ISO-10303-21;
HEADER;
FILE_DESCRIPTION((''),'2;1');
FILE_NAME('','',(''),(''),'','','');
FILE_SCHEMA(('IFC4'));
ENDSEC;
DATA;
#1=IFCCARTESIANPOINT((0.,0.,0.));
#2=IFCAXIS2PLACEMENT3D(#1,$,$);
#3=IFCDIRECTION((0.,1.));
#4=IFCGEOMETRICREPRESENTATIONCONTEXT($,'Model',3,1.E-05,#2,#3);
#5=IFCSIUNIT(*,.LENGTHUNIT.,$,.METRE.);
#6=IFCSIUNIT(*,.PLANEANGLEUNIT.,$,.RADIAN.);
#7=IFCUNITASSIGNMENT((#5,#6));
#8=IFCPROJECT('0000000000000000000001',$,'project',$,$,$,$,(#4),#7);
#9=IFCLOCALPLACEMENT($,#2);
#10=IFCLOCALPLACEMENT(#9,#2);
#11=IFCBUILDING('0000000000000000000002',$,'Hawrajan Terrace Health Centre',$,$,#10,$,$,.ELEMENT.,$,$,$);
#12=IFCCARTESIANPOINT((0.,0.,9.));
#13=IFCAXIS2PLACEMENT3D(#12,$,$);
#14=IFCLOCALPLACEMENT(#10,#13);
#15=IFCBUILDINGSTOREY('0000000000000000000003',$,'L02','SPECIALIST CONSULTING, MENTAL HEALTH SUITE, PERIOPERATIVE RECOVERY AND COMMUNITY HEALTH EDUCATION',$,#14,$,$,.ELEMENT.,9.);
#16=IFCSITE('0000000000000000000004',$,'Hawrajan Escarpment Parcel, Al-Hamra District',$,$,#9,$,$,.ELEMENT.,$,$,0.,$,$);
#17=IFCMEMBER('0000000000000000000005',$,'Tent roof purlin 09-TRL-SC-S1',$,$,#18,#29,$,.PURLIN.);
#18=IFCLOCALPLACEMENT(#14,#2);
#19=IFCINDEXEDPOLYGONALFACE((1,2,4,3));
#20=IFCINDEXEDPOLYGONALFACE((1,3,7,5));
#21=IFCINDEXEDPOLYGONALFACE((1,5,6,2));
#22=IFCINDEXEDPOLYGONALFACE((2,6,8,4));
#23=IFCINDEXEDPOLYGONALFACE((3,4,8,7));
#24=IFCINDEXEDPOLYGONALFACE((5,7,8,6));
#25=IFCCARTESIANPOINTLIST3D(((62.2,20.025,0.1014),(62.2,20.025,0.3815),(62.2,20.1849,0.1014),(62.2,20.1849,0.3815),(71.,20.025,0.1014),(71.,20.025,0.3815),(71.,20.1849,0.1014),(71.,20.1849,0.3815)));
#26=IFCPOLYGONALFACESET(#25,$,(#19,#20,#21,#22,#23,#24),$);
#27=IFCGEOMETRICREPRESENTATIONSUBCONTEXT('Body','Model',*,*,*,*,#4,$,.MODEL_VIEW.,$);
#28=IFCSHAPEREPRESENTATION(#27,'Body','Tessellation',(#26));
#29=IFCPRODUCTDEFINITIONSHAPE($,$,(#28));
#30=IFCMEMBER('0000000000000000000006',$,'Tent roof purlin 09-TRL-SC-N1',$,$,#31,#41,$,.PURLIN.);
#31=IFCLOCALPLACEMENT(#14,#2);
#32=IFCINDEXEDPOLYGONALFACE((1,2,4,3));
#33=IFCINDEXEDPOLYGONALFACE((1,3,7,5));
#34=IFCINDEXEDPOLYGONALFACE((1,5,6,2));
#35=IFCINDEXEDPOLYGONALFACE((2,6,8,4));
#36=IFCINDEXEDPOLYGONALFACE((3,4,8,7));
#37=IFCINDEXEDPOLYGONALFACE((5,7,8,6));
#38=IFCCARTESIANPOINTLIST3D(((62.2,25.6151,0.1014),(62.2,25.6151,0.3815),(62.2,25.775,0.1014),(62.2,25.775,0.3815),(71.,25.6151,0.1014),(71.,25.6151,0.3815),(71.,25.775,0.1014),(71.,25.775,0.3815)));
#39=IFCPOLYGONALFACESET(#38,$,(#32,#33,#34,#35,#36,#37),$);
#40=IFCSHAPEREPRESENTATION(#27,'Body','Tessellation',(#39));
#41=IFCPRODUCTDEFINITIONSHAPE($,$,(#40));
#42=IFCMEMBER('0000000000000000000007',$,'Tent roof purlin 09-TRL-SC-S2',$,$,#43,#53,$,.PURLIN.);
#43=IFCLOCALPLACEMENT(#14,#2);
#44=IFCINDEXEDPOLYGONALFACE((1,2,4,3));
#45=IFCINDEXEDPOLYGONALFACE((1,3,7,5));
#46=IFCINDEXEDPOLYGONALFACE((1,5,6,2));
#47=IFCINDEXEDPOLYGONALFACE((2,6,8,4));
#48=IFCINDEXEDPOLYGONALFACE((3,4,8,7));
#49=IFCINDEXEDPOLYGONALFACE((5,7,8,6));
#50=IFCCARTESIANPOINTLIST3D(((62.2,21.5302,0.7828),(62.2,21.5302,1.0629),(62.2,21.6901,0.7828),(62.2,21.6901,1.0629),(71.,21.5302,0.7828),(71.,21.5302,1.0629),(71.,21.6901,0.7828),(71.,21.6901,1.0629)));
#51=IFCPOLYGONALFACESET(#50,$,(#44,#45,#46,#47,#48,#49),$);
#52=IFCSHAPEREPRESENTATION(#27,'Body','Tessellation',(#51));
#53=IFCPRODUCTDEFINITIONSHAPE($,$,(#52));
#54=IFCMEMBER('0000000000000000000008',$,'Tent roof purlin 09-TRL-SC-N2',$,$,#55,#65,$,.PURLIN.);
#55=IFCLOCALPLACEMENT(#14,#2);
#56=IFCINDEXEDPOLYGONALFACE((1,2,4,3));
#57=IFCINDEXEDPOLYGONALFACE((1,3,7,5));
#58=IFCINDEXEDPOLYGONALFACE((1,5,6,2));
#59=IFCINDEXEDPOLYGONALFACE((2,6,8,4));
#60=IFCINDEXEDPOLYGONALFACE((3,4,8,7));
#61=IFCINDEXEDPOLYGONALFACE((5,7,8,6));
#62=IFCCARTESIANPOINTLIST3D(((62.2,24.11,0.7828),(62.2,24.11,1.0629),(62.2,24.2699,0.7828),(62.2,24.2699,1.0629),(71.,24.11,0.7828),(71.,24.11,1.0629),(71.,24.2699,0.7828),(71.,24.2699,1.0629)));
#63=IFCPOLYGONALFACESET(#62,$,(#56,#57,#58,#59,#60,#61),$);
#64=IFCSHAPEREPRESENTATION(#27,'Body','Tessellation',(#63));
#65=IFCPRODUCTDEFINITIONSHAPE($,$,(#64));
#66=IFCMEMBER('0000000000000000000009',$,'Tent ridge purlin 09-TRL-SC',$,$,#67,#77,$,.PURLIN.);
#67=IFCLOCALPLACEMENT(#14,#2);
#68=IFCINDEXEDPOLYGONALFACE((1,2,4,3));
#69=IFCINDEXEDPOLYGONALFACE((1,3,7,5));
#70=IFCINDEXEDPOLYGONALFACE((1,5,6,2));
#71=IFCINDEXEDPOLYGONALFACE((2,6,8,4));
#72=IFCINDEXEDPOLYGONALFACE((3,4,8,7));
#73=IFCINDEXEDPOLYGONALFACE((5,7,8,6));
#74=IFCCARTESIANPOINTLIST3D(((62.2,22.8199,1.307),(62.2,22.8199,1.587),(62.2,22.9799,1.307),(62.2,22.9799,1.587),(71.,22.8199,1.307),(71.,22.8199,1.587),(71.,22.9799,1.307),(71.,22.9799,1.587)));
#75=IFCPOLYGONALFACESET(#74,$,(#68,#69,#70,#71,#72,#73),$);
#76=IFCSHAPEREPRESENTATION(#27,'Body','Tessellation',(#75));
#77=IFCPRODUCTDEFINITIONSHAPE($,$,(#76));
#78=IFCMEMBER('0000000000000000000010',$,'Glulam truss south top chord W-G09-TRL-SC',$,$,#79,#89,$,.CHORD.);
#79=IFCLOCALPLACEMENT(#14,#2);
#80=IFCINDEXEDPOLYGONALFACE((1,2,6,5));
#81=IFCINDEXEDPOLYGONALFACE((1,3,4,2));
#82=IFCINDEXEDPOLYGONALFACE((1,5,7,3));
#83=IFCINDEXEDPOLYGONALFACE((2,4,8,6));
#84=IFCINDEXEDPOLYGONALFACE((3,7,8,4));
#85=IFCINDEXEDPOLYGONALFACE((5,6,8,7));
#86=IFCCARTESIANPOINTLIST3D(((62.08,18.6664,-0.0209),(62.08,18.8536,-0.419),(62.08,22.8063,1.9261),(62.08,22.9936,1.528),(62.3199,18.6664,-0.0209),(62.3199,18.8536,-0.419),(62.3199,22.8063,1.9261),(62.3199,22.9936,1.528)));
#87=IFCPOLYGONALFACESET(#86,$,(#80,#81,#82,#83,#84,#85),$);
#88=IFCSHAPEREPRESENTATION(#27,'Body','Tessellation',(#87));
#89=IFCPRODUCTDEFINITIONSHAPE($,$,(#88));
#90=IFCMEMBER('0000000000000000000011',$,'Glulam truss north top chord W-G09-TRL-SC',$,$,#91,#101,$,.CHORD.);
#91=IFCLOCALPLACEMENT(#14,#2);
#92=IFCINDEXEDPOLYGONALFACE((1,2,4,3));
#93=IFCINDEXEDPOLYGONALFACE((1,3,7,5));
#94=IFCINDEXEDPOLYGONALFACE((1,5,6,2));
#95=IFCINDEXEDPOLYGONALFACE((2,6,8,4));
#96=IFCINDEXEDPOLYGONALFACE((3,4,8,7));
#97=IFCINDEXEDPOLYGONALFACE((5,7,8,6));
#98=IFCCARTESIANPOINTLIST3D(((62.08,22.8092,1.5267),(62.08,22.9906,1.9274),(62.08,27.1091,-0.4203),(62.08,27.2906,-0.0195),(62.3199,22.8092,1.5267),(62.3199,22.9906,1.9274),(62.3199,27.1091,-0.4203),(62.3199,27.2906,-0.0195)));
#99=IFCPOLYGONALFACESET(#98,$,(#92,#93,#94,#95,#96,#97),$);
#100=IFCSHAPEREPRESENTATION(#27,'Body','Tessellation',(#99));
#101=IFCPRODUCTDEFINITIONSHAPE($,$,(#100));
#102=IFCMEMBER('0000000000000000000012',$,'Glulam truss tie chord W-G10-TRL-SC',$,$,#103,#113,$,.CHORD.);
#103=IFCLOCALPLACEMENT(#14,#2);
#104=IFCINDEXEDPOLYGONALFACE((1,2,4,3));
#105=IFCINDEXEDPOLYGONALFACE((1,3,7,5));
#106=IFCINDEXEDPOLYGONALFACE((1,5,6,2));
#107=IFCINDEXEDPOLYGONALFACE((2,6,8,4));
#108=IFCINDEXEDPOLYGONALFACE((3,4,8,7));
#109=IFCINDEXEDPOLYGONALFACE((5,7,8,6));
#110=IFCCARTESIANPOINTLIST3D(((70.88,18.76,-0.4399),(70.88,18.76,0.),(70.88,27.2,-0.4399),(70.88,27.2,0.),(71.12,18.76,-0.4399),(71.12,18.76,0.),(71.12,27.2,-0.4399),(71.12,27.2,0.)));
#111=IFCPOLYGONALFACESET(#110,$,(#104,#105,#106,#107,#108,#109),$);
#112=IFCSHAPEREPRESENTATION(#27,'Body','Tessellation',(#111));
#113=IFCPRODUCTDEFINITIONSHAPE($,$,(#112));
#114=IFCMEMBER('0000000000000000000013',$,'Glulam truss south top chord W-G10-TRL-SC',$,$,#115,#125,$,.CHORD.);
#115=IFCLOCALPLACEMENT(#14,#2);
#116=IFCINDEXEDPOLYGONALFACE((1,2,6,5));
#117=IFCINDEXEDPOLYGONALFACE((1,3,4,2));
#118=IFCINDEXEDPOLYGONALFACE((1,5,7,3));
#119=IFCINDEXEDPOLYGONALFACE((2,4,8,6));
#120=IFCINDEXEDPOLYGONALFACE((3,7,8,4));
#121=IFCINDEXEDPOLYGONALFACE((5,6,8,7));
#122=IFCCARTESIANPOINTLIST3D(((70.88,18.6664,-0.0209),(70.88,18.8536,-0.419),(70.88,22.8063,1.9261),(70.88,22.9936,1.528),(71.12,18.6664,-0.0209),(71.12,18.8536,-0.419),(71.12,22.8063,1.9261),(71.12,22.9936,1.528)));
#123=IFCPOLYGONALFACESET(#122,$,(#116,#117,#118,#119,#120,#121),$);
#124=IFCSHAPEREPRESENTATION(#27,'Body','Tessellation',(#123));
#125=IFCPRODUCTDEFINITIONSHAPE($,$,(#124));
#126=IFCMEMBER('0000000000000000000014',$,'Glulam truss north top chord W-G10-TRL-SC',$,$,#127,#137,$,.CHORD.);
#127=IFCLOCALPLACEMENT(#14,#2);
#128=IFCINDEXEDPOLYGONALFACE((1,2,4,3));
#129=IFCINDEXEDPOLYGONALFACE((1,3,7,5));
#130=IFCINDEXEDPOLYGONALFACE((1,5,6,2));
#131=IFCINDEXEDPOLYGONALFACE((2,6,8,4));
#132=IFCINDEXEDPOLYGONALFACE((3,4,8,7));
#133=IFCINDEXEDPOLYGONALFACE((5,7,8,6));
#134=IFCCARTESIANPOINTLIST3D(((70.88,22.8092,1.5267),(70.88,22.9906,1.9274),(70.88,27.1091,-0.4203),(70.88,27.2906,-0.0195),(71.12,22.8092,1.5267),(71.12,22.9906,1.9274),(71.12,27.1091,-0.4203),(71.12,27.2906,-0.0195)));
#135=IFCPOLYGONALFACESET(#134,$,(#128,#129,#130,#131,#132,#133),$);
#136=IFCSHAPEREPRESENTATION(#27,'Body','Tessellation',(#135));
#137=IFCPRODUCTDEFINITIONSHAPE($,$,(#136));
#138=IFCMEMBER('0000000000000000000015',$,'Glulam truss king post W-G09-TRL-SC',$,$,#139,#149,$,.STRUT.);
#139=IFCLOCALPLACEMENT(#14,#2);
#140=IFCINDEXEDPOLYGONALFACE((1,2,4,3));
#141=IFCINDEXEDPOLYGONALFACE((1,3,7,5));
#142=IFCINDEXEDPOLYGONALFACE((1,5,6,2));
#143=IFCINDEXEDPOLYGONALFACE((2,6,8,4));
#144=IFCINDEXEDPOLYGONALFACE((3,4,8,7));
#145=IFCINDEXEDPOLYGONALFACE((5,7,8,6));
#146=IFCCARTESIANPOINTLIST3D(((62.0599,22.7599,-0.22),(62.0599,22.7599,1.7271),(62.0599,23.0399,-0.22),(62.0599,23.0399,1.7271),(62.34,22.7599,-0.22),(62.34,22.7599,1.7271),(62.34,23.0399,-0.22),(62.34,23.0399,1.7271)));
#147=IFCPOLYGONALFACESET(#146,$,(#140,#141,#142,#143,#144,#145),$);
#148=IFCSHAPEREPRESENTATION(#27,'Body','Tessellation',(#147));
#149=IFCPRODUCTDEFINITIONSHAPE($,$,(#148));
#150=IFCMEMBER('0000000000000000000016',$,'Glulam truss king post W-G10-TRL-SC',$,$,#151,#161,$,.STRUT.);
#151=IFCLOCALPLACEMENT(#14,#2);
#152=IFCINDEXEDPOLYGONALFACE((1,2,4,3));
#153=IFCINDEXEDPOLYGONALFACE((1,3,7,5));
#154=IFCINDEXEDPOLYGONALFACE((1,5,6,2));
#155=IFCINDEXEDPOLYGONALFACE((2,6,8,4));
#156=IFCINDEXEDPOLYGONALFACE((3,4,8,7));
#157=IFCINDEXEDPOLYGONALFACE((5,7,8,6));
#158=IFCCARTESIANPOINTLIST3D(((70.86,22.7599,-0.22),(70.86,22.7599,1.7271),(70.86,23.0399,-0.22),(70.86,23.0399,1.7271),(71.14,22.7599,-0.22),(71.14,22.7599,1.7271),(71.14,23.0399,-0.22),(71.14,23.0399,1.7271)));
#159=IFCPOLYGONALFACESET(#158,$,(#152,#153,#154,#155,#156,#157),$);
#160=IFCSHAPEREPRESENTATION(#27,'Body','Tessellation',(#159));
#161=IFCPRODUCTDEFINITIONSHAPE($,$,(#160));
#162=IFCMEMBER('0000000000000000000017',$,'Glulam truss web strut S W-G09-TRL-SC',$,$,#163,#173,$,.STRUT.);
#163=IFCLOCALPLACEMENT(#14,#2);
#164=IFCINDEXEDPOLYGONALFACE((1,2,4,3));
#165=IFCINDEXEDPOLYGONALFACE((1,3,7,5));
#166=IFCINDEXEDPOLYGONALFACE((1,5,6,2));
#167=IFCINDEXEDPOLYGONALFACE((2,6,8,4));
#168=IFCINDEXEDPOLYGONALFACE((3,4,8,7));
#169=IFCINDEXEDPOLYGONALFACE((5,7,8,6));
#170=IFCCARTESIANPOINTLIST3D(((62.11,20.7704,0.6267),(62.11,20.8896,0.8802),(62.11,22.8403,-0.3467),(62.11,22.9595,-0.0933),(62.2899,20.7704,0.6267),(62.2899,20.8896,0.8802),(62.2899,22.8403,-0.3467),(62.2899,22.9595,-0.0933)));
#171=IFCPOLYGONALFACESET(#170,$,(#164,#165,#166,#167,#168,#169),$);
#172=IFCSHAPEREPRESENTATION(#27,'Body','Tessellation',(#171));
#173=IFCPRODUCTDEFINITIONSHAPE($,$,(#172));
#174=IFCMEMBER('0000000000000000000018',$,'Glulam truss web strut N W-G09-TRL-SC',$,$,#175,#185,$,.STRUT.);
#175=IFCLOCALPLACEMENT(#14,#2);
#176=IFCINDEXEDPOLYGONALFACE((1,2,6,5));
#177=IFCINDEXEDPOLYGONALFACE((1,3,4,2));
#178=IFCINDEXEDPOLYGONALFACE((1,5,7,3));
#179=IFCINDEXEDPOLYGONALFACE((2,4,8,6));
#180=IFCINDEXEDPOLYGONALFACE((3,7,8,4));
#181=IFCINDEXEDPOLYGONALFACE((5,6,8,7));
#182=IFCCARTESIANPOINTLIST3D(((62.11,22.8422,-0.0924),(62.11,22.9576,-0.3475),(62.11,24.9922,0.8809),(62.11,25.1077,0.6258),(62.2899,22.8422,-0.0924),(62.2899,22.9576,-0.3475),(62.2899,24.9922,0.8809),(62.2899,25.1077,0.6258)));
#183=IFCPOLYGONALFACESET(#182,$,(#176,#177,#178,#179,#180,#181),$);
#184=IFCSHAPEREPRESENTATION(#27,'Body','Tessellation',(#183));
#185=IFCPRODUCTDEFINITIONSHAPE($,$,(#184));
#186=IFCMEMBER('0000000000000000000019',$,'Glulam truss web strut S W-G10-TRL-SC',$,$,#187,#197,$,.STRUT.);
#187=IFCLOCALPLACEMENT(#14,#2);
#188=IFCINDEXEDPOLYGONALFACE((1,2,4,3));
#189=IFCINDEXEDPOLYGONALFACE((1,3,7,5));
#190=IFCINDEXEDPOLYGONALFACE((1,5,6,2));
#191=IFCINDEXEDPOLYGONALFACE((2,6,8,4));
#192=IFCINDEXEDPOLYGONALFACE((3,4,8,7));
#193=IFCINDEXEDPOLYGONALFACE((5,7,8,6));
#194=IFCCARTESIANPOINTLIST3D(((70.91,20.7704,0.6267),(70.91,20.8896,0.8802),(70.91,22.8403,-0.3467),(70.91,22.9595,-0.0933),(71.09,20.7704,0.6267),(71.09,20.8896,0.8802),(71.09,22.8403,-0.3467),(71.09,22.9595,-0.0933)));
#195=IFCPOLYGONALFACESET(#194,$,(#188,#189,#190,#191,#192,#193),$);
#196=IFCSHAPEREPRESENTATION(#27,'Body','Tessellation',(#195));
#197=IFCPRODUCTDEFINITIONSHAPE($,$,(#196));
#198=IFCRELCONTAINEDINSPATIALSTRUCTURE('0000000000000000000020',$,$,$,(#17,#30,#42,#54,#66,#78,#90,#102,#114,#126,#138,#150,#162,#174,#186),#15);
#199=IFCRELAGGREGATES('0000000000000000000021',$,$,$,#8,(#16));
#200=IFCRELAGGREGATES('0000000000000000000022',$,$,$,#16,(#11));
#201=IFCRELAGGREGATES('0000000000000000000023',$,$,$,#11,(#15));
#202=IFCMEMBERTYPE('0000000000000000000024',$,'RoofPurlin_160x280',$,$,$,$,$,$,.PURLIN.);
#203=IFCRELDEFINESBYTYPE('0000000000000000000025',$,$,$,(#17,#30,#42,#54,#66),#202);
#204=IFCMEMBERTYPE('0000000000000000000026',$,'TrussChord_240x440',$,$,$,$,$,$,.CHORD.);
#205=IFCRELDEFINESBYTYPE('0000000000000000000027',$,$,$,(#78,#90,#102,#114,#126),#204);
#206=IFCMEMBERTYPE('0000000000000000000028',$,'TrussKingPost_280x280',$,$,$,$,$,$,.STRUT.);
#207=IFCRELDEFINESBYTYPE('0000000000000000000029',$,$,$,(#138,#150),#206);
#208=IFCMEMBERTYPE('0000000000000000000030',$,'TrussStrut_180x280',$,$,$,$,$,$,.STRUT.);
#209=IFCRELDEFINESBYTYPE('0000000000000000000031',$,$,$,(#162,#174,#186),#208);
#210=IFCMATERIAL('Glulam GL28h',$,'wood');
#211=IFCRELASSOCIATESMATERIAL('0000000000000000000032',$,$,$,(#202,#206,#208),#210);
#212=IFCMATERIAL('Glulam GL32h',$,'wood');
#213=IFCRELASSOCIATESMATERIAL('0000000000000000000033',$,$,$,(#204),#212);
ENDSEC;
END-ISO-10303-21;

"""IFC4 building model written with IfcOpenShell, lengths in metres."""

from ifc_helpers import new_model, si_unit, direction, frame, origin, origin_2d, place, context, subcontext, project, spatial, rectangle, extrude, material, material_profile, profile_set, type_object, element, save


model = new_model("IFC4")

# Units and contexts
model_context = context("Model", 3, precision=1e-05, world=origin(), true_north=direction((0.0, 1.0)))
body_context = subcontext(model_context, "Body", "Model", "MODEL_VIEW")
ifc_project = project(units=[si_unit("LENGTHUNIT", "METRE"), si_unit("PLANEANGLEUNIT", "RADIAN")], contexts=[model_context])

# Site, building, storey
site_placement = place(None, origin())
site = spatial("IfcSite", under=ifc_project, at=site_placement, Name="Hawrajan Escarpment Parcel, Al-Hamra District", CompositionType="ELEMENT", RefElevation=0.0)
building_placement = place(site_placement, origin())
building = spatial("IfcBuilding", under=site, at=building_placement, Name="Hawrajan Terrace Health Centre", CompositionType="ELEMENT")
storey_placement = place(building_placement, frame((0.0, 0.0, 9.0)))
storey = spatial("IfcBuildingStorey", under=building, at=storey_placement, Name="L02", Description="SPECIALIST CONSULTING, MENTAL HEALTH SUITE, PERIOPERATIVE RECOVERY AND COMMUNITY HEALTH EDUCATION", CompositionType="ELEMENT", Elevation=9.0)

# Members
ifc_material_1 = material(Name="Glulam GL28h", Category="wood")
ifc_material_profile_1 = material_profile(ifc_material_1, rectangle(XDim=0.1599, YDim=0.28, at=origin_2d()), Name="GL PUR 160x280")
ifc_profile_set_1 = profile_set([ifc_material_profile_1], Name="Glulam GL28h")
member_type_1 = type_object("IfcMemberType", Name="RoofPurlin_160x280", PredefinedType="PURLIN", material=ifc_profile_set_1)
for number, where, z_axis, x_axis, name in (
    (1, (62.2, 20.105, 0.2415), (1.0, 0.0, 0.0), (0.0, 1.0, 0.0), "Tent roof purlin 09-TRL-SC-S1"),
    (2, (62.2, 25.6951, 0.2415), (1.0, 0.0, 0.0), (0.0, 1.0, 0.0), "Tent roof purlin 09-TRL-SC-N1"),
    (3, (62.2, 21.6101, 0.9229), (1.0, 0.0, 0.0), (0.0, 1.0, 0.0), "Tent roof purlin 09-TRL-SC-S2"),
    (4, (62.2, 24.1899, 0.9229), (1.0, 0.0, 0.0), (0.0, 1.0, 0.0), "Tent roof purlin 09-TRL-SC-N2"),
    (5, (62.2, 22.8999, 1.447), (1.0, 0.0, 0.0), (0.0, 1.0, 0.0), "Tent ridge purlin 09-TRL-SC"),
):
    element("IfcMember", number, at=place(storey_placement, frame(where, z_axis=z_axis, x_axis=x_axis)), inside=storey, type_object=member_type_1, Name=name, PredefinedType="PURLIN", context=body_context, shape_type="SweptSolid", body=[
        extrude(rectangle(XDim=0.1599, YDim=0.28, at=origin_2d()), origin(), (0.0, 0.0, 1.0), 8.8),
    ])
ifc_material_2 = material(Name="Glulam GL32h", Category="wood")
ifc_material_profile_2 = material_profile(ifc_material_2, rectangle(XDim=0.24, YDim=0.4399, at=origin_2d()), Name="GL CHD 240x440")
ifc_profile_set_2 = profile_set([ifc_material_profile_2], Name="Glulam GL32h")
member_type_2 = type_object("IfcMemberType", Name="TrussChord_240x440", PredefinedType="CHORD", material=ifc_profile_set_2)
member_1_placement = place(storey_placement, frame((62.2, 18.76, -0.22), z_axis=(0.0, 0.904917, 0.425589), x_axis=(-1.0, 0.0, 0.0)))
element("IfcMember", 6, at=member_1_placement, inside=storey, type_object=member_type_2, Name="Glulam truss south top chord W-G09-TRL-SC", PredefinedType="CHORD", context=body_context, shape_type="SweptSolid", body=[
    extrude(rectangle(XDim=0.24, YDim=0.4399, at=origin_2d()), origin(), (0.0, 0.0, 1.0), 4.575),
])
member_2_placement = place(storey_placement, frame((62.2, 22.8999, 1.7271), z_axis=(0.0, 0.910968, -0.412478), x_axis=(-1.0, 0.0, 0.0)))
element("IfcMember", 7, at=member_2_placement, inside=storey, type_object=member_type_2, Name="Glulam truss north top chord W-G09-TRL-SC", PredefinedType="CHORD", context=body_context, shape_type="SweptSolid", body=[
    extrude(rectangle(XDim=0.24, YDim=0.4399, at=origin_2d()), origin(), (0.0, 0.0, 1.0), 4.7202),
])
member_3_placement = place(storey_placement, frame((71.0, 18.76, -0.22), z_axis=(0.0, 1.0, 0.0), x_axis=(-1.0, 0.0, 0.0)))
element("IfcMember", 8, at=member_3_placement, inside=storey, type_object=member_type_2, Name="Glulam truss tie chord W-G10-TRL-SC", PredefinedType="CHORD", context=body_context, shape_type="SweptSolid", body=[
    extrude(rectangle(XDim=0.24, YDim=0.4399, at=origin_2d()), origin(), (0.0, 0.0, 1.0), 8.4399),
])
member_4_placement = place(storey_placement, frame((71.0, 18.76, -0.22), z_axis=(0.0, 0.904917, 0.425589), x_axis=(-1.0, 0.0, 0.0)))
element("IfcMember", 9, at=member_4_placement, inside=storey, type_object=member_type_2, Name="Glulam truss south top chord W-G10-TRL-SC", PredefinedType="CHORD", context=body_context, shape_type="SweptSolid", body=[
    extrude(rectangle(XDim=0.24, YDim=0.4399, at=origin_2d()), origin(), (0.0, 0.0, 1.0), 4.575),
])
member_5_placement = place(storey_placement, frame((71.0, 22.8999, 1.7271), z_axis=(0.0, 0.910968, -0.412478), x_axis=(-1.0, 0.0, 0.0)))
element("IfcMember", 10, at=member_5_placement, inside=storey, type_object=member_type_2, Name="Glulam truss north top chord W-G10-TRL-SC", PredefinedType="CHORD", context=body_context, shape_type="SweptSolid", body=[
    extrude(rectangle(XDim=0.24, YDim=0.4399, at=origin_2d()), origin(), (0.0, 0.0, 1.0), 4.7202),
])
ifc_material_profile_3 = material_profile(ifc_material_1, rectangle(XDim=0.28, YDim=0.28, at=origin_2d()), Name="GL KP 280x280")
ifc_profile_set_3 = profile_set([ifc_material_profile_3], Name="Glulam GL28h")
member_type_3 = type_object("IfcMemberType", Name="TrussKingPost_280x280", PredefinedType="STRUT", material=ifc_profile_set_3)
for number, where, z_axis, x_axis, name in (
    (11, (62.2, 22.8999, -0.22), (0.0, 0.0, 1.0), (1.0, 0.0, 0.0), "Glulam truss king post W-G09-TRL-SC"),
    (12, (71.0, 22.8999, -0.22), (0.0, 0.0, 1.0), (1.0, 0.0, 0.0), "Glulam truss king post W-G10-TRL-SC"),
):
    element("IfcMember", number, at=place(storey_placement, frame(where, z_axis=z_axis, x_axis=x_axis)), inside=storey, type_object=member_type_3, Name=name, PredefinedType="STRUT", context=body_context, shape_type="SweptSolid", body=[
        extrude(rectangle(XDim=0.28, YDim=0.28, at=origin_2d()), origin(), (0.0, 0.0, 1.0), 1.947),
    ])
ifc_material_profile_4 = material_profile(ifc_material_1, rectangle(XDim=0.1799, YDim=0.28, at=origin_2d()), Name="GL WEB 180x280")
ifc_profile_set_4 = profile_set([ifc_material_profile_4], Name="Glulam GL28h")
member_type_4 = type_object("IfcMemberType", Name="TrussStrut_180x280", PredefinedType="STRUT", material=ifc_profile_set_4)
member_6_placement = place(storey_placement, frame((62.2, 22.8999, -0.22), z_axis=(0.0, -0.904928, 0.425566), x_axis=(1.0, 0.0, 0.0)))
element("IfcMember", 13, at=member_6_placement, inside=storey, type_object=member_type_4, Name="Glulam truss web strut S W-G09-TRL-SC", PredefinedType="STRUT", context=body_context, shape_type="SweptSolid", body=[
    extrude(rectangle(XDim=0.1799, YDim=0.28, at=origin_2d()), origin(), (0.0, 0.0, 1.0), 2.2874),
])
member_7_placement = place(storey_placement, frame((62.2, 22.8999, -0.22), z_axis=(0.0, 0.910996, 0.412415), x_axis=(-1.0, 0.0, 0.0)))
element("IfcMember", 14, at=member_7_placement, inside=storey, type_object=member_type_4, Name="Glulam truss web strut N W-G09-TRL-SC", PredefinedType="STRUT", context=body_context, shape_type="SweptSolid", body=[
    extrude(rectangle(XDim=0.1799, YDim=0.28, at=origin_2d()), origin(), (0.0, 0.0, 1.0), 2.3601),
])
member_8_placement = place(storey_placement, frame((71.0, 22.8999, -0.22), z_axis=(0.0, -0.904928, 0.425566), x_axis=(1.0, 0.0, 0.0)))
element("IfcMember", 15, at=member_8_placement, inside=storey, type_object=member_type_4, Name="Glulam truss web strut S W-G10-TRL-SC", PredefinedType="STRUT", context=body_context, shape_type="SweptSolid", body=[
    extrude(rectangle(XDim=0.1799, YDim=0.28, at=origin_2d()), origin(), (0.0, 0.0, 1.0), 2.2874),
])

save(model, "model.ifc")
